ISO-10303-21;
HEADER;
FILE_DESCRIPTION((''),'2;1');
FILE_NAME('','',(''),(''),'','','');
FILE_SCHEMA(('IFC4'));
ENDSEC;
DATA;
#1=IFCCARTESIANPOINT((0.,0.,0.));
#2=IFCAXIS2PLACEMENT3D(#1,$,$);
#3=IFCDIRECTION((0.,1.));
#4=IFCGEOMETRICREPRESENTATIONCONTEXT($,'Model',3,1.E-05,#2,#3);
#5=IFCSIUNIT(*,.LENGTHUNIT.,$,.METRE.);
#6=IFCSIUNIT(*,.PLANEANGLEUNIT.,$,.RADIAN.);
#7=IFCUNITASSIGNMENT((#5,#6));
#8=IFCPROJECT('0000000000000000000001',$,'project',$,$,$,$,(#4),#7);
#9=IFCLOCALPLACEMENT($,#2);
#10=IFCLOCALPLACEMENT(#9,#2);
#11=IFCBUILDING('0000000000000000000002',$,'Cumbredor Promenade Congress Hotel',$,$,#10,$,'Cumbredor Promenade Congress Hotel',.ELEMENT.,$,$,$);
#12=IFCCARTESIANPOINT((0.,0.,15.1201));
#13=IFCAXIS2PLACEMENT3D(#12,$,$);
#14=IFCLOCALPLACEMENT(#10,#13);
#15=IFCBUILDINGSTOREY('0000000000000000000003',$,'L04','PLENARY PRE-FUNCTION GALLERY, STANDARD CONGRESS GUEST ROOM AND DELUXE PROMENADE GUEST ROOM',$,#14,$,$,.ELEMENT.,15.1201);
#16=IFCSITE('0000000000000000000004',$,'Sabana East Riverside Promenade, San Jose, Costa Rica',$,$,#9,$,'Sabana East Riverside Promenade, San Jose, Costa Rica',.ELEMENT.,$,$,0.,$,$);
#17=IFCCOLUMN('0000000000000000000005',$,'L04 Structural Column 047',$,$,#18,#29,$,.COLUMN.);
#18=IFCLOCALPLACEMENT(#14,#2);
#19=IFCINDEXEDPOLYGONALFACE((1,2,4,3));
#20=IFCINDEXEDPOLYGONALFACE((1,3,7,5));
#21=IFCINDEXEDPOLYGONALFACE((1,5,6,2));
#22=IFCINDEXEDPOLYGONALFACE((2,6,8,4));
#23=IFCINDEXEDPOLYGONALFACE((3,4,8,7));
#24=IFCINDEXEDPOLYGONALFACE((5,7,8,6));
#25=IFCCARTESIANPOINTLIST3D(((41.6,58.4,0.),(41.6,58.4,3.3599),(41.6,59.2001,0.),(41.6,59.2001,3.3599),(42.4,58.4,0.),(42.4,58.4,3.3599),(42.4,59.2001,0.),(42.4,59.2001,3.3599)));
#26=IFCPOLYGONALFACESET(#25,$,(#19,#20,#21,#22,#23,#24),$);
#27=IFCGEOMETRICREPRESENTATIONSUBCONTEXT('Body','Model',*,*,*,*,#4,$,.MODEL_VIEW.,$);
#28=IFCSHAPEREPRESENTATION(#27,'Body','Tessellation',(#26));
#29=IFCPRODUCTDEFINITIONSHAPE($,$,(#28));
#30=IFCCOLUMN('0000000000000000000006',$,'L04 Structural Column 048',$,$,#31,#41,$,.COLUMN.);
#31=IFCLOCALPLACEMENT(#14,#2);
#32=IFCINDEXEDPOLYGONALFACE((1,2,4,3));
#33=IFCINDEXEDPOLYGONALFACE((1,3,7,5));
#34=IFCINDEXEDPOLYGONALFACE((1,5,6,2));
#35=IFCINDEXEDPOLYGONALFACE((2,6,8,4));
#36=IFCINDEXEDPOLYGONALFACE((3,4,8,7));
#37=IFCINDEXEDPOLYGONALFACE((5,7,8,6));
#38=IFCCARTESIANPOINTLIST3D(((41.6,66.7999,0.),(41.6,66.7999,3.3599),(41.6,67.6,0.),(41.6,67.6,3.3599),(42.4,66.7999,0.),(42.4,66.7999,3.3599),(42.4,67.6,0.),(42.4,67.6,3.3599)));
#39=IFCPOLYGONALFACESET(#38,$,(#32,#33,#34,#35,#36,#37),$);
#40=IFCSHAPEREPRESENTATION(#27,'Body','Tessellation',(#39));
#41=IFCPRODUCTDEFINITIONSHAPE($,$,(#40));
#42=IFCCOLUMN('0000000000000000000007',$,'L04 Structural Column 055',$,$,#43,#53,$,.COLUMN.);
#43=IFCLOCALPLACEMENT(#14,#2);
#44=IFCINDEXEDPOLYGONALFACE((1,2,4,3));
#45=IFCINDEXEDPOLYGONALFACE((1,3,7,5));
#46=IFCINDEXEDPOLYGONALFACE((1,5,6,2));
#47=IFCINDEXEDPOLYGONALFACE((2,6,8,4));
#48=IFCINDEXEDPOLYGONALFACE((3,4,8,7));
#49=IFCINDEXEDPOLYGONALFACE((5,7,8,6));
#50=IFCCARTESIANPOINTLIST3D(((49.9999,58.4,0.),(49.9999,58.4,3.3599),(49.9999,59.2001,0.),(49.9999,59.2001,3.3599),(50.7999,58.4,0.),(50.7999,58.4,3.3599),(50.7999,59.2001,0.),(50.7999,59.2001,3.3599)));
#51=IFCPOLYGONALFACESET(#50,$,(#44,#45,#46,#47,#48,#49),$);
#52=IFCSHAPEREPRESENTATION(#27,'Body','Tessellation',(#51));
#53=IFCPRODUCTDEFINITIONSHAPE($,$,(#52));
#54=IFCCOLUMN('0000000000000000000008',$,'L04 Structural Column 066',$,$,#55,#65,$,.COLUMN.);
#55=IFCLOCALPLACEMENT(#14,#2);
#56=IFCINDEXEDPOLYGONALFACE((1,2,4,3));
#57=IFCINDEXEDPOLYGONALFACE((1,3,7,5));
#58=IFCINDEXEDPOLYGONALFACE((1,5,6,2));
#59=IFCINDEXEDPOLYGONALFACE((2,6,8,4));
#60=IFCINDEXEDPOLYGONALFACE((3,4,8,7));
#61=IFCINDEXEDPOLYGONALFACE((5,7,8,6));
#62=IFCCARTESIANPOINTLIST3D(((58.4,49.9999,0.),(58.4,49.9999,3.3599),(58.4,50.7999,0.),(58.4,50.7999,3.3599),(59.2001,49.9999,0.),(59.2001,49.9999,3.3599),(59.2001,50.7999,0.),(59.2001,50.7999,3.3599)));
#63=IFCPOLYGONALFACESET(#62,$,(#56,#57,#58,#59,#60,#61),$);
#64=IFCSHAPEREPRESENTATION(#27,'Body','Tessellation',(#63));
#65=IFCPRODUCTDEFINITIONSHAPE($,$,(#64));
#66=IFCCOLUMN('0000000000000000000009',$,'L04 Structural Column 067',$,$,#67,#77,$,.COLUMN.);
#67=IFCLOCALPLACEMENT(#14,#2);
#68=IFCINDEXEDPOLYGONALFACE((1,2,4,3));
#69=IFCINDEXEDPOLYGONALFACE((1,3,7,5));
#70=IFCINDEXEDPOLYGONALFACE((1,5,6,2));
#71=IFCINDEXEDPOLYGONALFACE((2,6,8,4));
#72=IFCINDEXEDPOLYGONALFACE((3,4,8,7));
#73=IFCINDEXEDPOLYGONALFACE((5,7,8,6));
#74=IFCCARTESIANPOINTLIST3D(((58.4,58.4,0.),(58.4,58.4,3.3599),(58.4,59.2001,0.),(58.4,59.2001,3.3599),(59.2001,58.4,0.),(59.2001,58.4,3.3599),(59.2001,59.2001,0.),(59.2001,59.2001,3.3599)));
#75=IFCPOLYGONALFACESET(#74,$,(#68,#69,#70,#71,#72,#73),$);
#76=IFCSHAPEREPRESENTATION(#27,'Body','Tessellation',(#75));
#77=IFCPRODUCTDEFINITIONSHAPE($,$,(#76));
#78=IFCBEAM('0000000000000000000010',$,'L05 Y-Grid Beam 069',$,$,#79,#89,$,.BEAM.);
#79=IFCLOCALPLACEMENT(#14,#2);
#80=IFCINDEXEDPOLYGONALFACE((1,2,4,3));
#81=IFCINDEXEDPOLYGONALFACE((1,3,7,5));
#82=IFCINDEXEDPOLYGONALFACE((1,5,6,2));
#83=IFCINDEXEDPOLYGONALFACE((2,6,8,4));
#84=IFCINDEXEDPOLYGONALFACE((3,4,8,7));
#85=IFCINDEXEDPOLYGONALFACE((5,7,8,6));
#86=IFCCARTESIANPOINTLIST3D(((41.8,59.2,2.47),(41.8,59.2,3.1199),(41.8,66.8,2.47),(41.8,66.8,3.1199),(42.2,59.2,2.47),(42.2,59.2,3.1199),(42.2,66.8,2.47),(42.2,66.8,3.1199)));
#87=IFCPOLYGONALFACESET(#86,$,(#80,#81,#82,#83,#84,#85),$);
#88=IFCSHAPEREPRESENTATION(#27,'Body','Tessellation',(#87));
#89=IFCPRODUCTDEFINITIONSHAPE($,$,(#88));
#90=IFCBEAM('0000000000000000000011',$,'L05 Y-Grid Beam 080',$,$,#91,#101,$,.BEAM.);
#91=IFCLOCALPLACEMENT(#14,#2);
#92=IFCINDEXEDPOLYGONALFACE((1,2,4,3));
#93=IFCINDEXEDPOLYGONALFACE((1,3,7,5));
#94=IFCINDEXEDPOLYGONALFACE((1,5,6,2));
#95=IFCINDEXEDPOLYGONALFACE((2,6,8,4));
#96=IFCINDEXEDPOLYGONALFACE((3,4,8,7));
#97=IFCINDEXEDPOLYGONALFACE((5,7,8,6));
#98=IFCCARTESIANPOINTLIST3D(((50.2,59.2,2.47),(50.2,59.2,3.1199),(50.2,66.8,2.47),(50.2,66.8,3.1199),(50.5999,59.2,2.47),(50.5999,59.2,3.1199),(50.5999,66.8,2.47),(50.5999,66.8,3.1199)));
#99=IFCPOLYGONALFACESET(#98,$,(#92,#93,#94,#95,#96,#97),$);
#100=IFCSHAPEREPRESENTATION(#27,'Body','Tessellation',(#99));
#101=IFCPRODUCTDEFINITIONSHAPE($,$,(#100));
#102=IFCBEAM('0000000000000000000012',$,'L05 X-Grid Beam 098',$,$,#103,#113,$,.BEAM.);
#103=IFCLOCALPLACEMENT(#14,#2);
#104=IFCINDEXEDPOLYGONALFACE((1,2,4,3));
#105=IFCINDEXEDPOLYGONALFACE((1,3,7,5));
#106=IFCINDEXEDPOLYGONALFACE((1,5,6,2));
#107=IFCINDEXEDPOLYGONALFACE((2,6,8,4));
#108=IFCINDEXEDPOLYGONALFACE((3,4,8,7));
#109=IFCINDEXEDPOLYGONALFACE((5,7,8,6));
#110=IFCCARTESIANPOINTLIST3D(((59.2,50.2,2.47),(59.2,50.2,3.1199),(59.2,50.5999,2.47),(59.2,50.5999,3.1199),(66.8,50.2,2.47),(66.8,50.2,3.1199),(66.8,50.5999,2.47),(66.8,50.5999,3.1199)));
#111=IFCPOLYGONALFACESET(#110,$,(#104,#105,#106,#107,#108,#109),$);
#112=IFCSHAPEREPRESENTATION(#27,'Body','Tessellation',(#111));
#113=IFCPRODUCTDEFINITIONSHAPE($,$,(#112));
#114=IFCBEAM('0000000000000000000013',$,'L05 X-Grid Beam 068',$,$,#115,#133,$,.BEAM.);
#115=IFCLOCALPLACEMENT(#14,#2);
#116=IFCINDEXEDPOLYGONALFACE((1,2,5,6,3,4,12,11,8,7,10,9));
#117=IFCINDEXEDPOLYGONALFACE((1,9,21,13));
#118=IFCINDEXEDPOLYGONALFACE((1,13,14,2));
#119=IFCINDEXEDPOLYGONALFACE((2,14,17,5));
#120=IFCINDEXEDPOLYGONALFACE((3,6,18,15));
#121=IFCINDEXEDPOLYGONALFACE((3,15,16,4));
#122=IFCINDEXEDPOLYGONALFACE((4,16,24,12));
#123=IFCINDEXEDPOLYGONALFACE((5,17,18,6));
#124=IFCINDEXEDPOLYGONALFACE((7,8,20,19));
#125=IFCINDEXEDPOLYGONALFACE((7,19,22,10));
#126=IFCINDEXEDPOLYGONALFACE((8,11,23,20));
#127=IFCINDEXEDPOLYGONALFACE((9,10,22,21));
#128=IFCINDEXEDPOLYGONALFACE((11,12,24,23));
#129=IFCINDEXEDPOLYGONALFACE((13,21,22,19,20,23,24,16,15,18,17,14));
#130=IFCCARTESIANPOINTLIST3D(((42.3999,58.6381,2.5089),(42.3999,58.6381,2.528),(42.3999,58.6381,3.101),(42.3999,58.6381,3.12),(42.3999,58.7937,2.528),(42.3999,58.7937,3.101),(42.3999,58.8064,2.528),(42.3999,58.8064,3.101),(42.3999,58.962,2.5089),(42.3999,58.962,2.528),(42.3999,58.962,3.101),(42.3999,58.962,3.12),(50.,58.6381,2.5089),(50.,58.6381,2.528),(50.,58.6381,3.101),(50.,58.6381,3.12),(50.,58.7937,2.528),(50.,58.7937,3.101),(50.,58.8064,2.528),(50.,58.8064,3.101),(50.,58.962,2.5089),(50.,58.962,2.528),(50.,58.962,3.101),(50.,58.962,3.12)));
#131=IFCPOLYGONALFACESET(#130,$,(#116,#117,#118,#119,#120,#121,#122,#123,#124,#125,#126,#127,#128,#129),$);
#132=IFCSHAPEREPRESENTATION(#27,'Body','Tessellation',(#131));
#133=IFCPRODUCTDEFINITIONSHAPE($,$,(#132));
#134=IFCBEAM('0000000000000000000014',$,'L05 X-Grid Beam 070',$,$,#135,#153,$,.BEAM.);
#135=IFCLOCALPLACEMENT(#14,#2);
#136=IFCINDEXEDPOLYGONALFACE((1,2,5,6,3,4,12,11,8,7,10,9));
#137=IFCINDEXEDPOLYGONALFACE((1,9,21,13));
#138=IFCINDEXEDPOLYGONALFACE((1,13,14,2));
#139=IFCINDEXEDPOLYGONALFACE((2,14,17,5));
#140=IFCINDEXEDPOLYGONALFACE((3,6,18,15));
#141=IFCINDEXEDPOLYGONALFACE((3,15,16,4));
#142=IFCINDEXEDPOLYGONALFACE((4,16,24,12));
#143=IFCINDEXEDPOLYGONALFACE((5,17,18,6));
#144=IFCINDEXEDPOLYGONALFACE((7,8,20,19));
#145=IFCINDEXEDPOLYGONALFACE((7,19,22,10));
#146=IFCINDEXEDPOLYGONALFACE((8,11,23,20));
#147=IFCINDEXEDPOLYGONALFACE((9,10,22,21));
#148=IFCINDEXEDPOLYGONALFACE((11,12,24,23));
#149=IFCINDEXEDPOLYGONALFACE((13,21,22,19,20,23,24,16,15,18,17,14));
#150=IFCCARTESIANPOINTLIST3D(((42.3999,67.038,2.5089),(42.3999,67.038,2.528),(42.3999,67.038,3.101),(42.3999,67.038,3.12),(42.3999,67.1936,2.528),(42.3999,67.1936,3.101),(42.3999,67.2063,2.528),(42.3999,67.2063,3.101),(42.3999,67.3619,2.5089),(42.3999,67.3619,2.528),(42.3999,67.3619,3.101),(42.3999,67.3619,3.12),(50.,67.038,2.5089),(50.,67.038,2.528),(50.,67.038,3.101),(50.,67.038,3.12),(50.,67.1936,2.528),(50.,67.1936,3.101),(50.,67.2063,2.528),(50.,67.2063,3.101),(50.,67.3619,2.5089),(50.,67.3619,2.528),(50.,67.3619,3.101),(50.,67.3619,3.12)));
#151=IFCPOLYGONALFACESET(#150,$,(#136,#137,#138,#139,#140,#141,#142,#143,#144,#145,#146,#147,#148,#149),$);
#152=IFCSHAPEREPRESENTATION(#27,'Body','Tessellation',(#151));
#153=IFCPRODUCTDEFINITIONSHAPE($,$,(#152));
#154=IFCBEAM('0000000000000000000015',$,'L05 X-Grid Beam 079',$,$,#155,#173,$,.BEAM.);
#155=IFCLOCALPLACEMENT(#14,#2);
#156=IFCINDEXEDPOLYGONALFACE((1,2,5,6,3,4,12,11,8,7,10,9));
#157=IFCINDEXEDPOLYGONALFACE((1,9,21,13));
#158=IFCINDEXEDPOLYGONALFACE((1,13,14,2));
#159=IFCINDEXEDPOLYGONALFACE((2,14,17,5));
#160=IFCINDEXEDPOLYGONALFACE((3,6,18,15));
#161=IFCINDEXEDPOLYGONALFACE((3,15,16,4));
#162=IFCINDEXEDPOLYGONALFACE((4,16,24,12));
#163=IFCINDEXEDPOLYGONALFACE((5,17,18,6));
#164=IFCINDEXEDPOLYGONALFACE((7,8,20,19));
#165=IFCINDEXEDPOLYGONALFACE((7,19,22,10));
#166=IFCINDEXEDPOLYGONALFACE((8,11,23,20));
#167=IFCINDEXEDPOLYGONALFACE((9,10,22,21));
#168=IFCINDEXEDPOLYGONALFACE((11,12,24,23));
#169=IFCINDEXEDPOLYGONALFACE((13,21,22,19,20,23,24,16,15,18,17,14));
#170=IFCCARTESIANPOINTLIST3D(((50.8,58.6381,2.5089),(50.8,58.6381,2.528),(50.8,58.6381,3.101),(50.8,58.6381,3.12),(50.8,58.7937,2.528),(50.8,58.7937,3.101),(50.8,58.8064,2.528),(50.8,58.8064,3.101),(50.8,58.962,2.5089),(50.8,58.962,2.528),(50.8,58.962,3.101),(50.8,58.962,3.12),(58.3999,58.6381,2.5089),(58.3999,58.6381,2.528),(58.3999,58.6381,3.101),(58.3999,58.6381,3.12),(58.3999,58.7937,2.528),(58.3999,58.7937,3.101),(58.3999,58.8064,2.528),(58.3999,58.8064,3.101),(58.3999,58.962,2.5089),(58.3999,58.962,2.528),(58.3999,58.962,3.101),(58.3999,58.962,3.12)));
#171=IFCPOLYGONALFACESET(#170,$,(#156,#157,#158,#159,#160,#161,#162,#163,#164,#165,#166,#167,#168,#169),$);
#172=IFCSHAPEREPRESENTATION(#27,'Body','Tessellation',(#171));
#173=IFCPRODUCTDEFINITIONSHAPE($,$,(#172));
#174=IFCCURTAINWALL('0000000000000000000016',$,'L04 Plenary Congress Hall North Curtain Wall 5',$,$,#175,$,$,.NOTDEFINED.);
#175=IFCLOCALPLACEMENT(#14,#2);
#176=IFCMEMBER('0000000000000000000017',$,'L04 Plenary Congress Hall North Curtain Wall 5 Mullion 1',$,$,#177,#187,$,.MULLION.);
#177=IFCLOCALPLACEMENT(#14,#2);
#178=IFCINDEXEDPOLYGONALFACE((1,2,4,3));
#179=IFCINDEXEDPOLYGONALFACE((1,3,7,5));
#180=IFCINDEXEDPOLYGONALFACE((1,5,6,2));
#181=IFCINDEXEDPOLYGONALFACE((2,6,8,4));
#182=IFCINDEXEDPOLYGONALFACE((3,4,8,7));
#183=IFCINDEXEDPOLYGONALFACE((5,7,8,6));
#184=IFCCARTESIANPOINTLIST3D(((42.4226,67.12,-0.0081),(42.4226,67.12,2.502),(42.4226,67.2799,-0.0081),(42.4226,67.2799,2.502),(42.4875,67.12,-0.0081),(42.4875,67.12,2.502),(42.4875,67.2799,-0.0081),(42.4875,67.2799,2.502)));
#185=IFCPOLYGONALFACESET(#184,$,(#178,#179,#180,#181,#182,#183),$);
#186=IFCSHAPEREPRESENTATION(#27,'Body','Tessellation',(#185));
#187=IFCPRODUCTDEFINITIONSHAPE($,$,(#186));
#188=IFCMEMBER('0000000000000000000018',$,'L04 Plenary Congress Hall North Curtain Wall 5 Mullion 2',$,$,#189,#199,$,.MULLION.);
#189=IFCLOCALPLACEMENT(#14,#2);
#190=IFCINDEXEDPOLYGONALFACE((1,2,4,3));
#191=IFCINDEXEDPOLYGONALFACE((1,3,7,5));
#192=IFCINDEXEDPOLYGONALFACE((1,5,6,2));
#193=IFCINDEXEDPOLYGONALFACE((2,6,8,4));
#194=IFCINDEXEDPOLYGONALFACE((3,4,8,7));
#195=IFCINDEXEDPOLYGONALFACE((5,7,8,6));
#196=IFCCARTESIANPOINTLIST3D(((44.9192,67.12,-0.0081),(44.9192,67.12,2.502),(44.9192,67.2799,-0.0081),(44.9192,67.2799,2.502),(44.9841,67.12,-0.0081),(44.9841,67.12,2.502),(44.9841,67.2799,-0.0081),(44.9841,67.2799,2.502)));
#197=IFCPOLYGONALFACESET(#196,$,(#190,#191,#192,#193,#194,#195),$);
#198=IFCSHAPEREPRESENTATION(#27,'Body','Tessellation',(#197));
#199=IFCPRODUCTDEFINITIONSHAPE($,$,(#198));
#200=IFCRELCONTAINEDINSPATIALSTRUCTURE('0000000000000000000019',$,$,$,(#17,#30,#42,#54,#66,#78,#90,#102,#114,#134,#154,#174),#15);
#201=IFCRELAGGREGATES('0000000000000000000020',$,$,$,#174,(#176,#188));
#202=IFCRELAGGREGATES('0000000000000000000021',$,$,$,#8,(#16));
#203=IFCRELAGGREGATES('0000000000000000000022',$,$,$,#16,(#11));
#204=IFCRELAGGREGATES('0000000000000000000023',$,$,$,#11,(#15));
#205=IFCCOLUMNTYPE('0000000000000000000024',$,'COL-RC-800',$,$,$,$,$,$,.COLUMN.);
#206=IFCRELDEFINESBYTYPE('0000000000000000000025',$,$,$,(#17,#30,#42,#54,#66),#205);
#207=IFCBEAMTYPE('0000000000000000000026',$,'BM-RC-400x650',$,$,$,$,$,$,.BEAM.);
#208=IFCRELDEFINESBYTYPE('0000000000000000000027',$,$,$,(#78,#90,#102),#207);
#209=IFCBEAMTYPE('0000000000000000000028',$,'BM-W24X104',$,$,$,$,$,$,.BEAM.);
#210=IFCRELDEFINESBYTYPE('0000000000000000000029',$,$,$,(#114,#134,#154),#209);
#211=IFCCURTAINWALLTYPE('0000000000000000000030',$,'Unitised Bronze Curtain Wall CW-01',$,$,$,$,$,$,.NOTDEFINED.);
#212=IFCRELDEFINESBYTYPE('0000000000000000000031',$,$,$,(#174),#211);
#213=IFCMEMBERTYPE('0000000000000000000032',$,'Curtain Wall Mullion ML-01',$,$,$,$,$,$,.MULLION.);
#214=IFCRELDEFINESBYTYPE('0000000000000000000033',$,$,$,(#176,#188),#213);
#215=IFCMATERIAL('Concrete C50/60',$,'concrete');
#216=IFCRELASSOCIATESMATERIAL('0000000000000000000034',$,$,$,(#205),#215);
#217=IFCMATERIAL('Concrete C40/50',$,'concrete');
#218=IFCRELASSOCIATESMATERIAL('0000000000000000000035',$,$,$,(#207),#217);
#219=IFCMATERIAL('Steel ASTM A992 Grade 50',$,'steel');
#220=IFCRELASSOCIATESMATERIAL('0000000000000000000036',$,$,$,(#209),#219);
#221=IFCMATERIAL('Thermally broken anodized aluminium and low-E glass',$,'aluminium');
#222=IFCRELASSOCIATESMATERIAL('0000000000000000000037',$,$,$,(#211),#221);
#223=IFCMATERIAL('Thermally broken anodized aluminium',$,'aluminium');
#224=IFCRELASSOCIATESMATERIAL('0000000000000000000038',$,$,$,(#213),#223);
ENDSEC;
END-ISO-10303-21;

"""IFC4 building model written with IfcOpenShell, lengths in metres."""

from ifc_helpers import new_model, si_unit, direction, frame, origin, origin_2d, place, context, subcontext, project, spatial, rectangle, i_section, extrude, material, material_profile, profile_set, type_object, element, aggregate, save


model = new_model("IFC4")

# Units and contexts
model_context = context("Model", 3, precision=1e-05, world=origin(), true_north=direction((0.0, 1.0)))
body_context = subcontext(model_context, "Body", "Model", "MODEL_VIEW")
ifc_project = project(units=[si_unit("LENGTHUNIT", "METRE"), si_unit("PLANEANGLEUNIT", "RADIAN")], contexts=[model_context])

# Site, building, storey
site_placement = place(None, origin())
site = spatial("IfcSite", under=ifc_project, at=site_placement, Name="Sabana East Riverside Promenade, San Jose, Costa Rica", LongName="Sabana East Riverside Promenade, San Jose, Costa Rica", CompositionType="ELEMENT", RefElevation=0.0)
building_placement = place(site_placement, origin())
building = spatial("IfcBuilding", under=site, at=building_placement, Name="Cumbredor Promenade Congress Hotel", LongName="Cumbredor Promenade Congress Hotel", CompositionType="ELEMENT")
storey_placement = place(building_placement, frame((0.0, 0.0, 15.1201)))
storey = spatial("IfcBuildingStorey", under=building, at=storey_placement, Name="L04", Description="PLENARY PRE-FUNCTION GALLERY, STANDARD CONGRESS GUEST ROOM AND DELUXE PROMENADE GUEST ROOM", CompositionType="ELEMENT", Elevation=15.1201)

# Columns
ifc_material_1 = material(Name="Concrete C50/60", Category="concrete")
ifc_material_profile_1 = material_profile(ifc_material_1, rectangle(XDim=0.8, YDim=0.8, at=origin_2d()), Name="RC 800x800")
ifc_profile_set_1 = profile_set([ifc_material_profile_1], Name="Concrete C50/60")
column_type = type_object("IfcColumnType", Name="COL-RC-800", PredefinedType="COLUMN", material=ifc_profile_set_1)
for number, where, z_axis, x_axis, name in (
    (1, (42.0, 58.8, 0.0), (0.0, 0.0, 1.0), (1.0, 0.0, 0.0), "L04 Structural Column 047"),
    (2, (42.0, 67.2, 0.0), (0.0, 0.0, 1.0), (1.0, 0.0, 0.0), "L04 Structural Column 048"),
    (3, (50.3999, 58.8, 0.0), (0.0, 0.0, 1.0), (1.0, 0.0, 0.0), "L04 Structural Column 055"),
    (4, (58.8, 50.3999, 0.0), (0.0, 0.0, 1.0), (1.0, 0.0, 0.0), "L04 Structural Column 066"),
    (5, (58.8, 58.8, 0.0), (0.0, 0.0, 1.0), (1.0, 0.0, 0.0), "L04 Structural Column 067"),
):
    element("IfcColumn", number, at=place(storey_placement, frame(where, z_axis=z_axis, x_axis=x_axis)), inside=storey, type_object=column_type, Name=name, PredefinedType="COLUMN", context=body_context, shape_type="SweptSolid", body=[
        extrude(rectangle(XDim=0.8, YDim=0.8, at=origin_2d()), origin(), (0.0, 0.0, 1.0), 3.3599),
    ])

# Beams
ifc_material_2 = material(Name="Concrete C40/50", Category="concrete")
ifc_material_profile_2 = material_profile(ifc_material_2, rectangle(XDim=0.3999, YDim=0.6499, at=origin_2d()), Name="RC BEAM 400x650")
ifc_profile_set_2 = profile_set([ifc_material_profile_2], Name="Concrete C40/50")
beam_type_1 = type_object("IfcBeamType", Name="BM-RC-400x650", PredefinedType="BEAM", material=ifc_profile_set_2)
for number, where, z_axis, x_axis, name in (
    (6, (42.0, 59.2, 2.7949), (0.0, 1.0, 0.0), (-1.0, 0.0, 0.0), "L05 Y-Grid Beam 069"),
    (7, (50.3999, 59.2, 2.7949), (0.0, 1.0, 0.0), (-1.0, 0.0, 0.0), "L05 Y-Grid Beam 080"),
    (8, (59.2, 50.3999, 2.7949), (1.0, 0.0, 0.0), (0.0, 1.0, 0.0), "L05 X-Grid Beam 098"),
):
    element("IfcBeam", number, at=place(storey_placement, frame(where, z_axis=z_axis, x_axis=x_axis)), inside=storey, type_object=beam_type_1, Name=name, PredefinedType="BEAM", context=body_context, shape_type="SweptSolid", body=[
        extrude(rectangle(XDim=0.3999, YDim=0.6499, at=origin_2d()), origin(), (0.0, 0.0, 1.0), 7.6001),
    ])
ifc_material_3 = material(Name="Steel ASTM A992 Grade 50", Category="steel")
ifc_material_profile_3 = material_profile(ifc_material_3, i_section(OverallWidth=0.324, OverallDepth=0.6111, WebThickness=0.0127, FlangeThickness=0.019, at=origin_2d()), Name="W24X104")
ifc_profile_set_3 = profile_set([ifc_material_profile_3], Name="Steel ASTM A992 Grade 50")
beam_type_2 = type_object("IfcBeamType", Name="BM-W24X104", PredefinedType="BEAM", material=ifc_profile_set_3)
for number, where, z_axis, x_axis, name in (
    (9, (42.3999, 58.8, 2.8145), (1.0, 0.0, 0.0), (0.0, 1.0, 0.0), "L05 X-Grid Beam 068"),
    (10, (42.3999, 67.2, 2.8145), (1.0, 0.0, 0.0), (0.0, 1.0, 0.0), "L05 X-Grid Beam 070"),
):
    element("IfcBeam", number, at=place(storey_placement, frame(where, z_axis=z_axis, x_axis=x_axis)), inside=storey, type_object=beam_type_2, Name=name, PredefinedType="BEAM", context=body_context, shape_type="SweptSolid", body=[
        extrude(i_section(OverallWidth=0.324, OverallDepth=0.6111, WebThickness=0.0127, FlangeThickness=0.019, at=origin_2d()), origin(), (0.0, 0.0, 1.0), 7.6001),
    ])
beam_1_placement = place(storey_placement, frame((50.8, 58.8, 2.8145), z_axis=(1.0, 0.0, 0.0), x_axis=(0.0, 1.0, 0.0)))
element("IfcBeam", 11, at=beam_1_placement, inside=storey, type_object=beam_type_2, Name="L05 X-Grid Beam 079", PredefinedType="BEAM", context=body_context, shape_type="SweptSolid", body=[
    extrude(i_section(OverallWidth=0.324, OverallDepth=0.6111, WebThickness=0.0127, FlangeThickness=0.019, at=origin_2d()), origin(), (0.0, 0.0, 1.0), 7.5999),
])

# Curtain wall, members
ifc_material_4 = material(Name="Thermally broken anodized aluminium and low-E glass", Category="aluminium")
curtain_wall_type = type_object("IfcCurtainWallType", Name="Unitised Bronze Curtain Wall CW-01", PredefinedType="NOTDEFINED", material=ifc_material_4)
curtain_wall_1_placement = place(storey_placement, origin())
curtain_wall_1 = element("IfcCurtainWall", 12, at=curtain_wall_1_placement, inside=storey, type_object=curtain_wall_type, Name="L04 Plenary Congress Hall North Curtain Wall 5", PredefinedType="NOTDEFINED")
ifc_material_5 = material(Name="Thermally broken anodized aluminium", Category="aluminium")
ifc_material_profile_4 = material_profile(ifc_material_5, rectangle(XDim=0.0649, YDim=0.1599, at=origin_2d()), Name="ALU MULLION 65x160")
ifc_profile_set_4 = profile_set([ifc_material_profile_4], Name="Thermally broken anodized aluminium")
member_type_1 = type_object("IfcMemberType", Name="Curtain Wall Mullion ML-01", PredefinedType="MULLION", material=ifc_profile_set_4)
member_1_placement = place(storey_placement, frame((42.4551, 67.2, -0.0081), z_axis=(0.0, 0.0, 1.0), x_axis=(1.0, 0.0, 0.0)))
member_1 = element("IfcMember", 13, at=member_1_placement, type_object=member_type_1, Name="L04 Plenary Congress Hall North Curtain Wall 5 Mullion 1", PredefinedType="MULLION", context=body_context, shape_type="SweptSolid", body=[
    extrude(rectangle(XDim=0.0649, YDim=0.1599, at=origin_2d()), origin(), (0.0, 0.0, 1.0), 2.51),
])
member_2_placement = place(storey_placement, frame((44.9517, 67.2, -0.0081), z_axis=(0.0, 0.0, 1.0), x_axis=(1.0, 0.0, 0.0)))
member_2 = element("IfcMember", 14, at=member_2_placement, type_object=member_type_1, Name="L04 Plenary Congress Hall North Curtain Wall 5 Mullion 2", PredefinedType="MULLION", context=body_context, shape_type="SweptSolid", body=[
    extrude(rectangle(XDim=0.0649, YDim=0.1599, at=origin_2d()), origin(), (0.0, 0.0, 1.0), 2.51),
])

aggregate(curtain_wall_1, [member_1, member_2])

save(model, "model.ifc")
